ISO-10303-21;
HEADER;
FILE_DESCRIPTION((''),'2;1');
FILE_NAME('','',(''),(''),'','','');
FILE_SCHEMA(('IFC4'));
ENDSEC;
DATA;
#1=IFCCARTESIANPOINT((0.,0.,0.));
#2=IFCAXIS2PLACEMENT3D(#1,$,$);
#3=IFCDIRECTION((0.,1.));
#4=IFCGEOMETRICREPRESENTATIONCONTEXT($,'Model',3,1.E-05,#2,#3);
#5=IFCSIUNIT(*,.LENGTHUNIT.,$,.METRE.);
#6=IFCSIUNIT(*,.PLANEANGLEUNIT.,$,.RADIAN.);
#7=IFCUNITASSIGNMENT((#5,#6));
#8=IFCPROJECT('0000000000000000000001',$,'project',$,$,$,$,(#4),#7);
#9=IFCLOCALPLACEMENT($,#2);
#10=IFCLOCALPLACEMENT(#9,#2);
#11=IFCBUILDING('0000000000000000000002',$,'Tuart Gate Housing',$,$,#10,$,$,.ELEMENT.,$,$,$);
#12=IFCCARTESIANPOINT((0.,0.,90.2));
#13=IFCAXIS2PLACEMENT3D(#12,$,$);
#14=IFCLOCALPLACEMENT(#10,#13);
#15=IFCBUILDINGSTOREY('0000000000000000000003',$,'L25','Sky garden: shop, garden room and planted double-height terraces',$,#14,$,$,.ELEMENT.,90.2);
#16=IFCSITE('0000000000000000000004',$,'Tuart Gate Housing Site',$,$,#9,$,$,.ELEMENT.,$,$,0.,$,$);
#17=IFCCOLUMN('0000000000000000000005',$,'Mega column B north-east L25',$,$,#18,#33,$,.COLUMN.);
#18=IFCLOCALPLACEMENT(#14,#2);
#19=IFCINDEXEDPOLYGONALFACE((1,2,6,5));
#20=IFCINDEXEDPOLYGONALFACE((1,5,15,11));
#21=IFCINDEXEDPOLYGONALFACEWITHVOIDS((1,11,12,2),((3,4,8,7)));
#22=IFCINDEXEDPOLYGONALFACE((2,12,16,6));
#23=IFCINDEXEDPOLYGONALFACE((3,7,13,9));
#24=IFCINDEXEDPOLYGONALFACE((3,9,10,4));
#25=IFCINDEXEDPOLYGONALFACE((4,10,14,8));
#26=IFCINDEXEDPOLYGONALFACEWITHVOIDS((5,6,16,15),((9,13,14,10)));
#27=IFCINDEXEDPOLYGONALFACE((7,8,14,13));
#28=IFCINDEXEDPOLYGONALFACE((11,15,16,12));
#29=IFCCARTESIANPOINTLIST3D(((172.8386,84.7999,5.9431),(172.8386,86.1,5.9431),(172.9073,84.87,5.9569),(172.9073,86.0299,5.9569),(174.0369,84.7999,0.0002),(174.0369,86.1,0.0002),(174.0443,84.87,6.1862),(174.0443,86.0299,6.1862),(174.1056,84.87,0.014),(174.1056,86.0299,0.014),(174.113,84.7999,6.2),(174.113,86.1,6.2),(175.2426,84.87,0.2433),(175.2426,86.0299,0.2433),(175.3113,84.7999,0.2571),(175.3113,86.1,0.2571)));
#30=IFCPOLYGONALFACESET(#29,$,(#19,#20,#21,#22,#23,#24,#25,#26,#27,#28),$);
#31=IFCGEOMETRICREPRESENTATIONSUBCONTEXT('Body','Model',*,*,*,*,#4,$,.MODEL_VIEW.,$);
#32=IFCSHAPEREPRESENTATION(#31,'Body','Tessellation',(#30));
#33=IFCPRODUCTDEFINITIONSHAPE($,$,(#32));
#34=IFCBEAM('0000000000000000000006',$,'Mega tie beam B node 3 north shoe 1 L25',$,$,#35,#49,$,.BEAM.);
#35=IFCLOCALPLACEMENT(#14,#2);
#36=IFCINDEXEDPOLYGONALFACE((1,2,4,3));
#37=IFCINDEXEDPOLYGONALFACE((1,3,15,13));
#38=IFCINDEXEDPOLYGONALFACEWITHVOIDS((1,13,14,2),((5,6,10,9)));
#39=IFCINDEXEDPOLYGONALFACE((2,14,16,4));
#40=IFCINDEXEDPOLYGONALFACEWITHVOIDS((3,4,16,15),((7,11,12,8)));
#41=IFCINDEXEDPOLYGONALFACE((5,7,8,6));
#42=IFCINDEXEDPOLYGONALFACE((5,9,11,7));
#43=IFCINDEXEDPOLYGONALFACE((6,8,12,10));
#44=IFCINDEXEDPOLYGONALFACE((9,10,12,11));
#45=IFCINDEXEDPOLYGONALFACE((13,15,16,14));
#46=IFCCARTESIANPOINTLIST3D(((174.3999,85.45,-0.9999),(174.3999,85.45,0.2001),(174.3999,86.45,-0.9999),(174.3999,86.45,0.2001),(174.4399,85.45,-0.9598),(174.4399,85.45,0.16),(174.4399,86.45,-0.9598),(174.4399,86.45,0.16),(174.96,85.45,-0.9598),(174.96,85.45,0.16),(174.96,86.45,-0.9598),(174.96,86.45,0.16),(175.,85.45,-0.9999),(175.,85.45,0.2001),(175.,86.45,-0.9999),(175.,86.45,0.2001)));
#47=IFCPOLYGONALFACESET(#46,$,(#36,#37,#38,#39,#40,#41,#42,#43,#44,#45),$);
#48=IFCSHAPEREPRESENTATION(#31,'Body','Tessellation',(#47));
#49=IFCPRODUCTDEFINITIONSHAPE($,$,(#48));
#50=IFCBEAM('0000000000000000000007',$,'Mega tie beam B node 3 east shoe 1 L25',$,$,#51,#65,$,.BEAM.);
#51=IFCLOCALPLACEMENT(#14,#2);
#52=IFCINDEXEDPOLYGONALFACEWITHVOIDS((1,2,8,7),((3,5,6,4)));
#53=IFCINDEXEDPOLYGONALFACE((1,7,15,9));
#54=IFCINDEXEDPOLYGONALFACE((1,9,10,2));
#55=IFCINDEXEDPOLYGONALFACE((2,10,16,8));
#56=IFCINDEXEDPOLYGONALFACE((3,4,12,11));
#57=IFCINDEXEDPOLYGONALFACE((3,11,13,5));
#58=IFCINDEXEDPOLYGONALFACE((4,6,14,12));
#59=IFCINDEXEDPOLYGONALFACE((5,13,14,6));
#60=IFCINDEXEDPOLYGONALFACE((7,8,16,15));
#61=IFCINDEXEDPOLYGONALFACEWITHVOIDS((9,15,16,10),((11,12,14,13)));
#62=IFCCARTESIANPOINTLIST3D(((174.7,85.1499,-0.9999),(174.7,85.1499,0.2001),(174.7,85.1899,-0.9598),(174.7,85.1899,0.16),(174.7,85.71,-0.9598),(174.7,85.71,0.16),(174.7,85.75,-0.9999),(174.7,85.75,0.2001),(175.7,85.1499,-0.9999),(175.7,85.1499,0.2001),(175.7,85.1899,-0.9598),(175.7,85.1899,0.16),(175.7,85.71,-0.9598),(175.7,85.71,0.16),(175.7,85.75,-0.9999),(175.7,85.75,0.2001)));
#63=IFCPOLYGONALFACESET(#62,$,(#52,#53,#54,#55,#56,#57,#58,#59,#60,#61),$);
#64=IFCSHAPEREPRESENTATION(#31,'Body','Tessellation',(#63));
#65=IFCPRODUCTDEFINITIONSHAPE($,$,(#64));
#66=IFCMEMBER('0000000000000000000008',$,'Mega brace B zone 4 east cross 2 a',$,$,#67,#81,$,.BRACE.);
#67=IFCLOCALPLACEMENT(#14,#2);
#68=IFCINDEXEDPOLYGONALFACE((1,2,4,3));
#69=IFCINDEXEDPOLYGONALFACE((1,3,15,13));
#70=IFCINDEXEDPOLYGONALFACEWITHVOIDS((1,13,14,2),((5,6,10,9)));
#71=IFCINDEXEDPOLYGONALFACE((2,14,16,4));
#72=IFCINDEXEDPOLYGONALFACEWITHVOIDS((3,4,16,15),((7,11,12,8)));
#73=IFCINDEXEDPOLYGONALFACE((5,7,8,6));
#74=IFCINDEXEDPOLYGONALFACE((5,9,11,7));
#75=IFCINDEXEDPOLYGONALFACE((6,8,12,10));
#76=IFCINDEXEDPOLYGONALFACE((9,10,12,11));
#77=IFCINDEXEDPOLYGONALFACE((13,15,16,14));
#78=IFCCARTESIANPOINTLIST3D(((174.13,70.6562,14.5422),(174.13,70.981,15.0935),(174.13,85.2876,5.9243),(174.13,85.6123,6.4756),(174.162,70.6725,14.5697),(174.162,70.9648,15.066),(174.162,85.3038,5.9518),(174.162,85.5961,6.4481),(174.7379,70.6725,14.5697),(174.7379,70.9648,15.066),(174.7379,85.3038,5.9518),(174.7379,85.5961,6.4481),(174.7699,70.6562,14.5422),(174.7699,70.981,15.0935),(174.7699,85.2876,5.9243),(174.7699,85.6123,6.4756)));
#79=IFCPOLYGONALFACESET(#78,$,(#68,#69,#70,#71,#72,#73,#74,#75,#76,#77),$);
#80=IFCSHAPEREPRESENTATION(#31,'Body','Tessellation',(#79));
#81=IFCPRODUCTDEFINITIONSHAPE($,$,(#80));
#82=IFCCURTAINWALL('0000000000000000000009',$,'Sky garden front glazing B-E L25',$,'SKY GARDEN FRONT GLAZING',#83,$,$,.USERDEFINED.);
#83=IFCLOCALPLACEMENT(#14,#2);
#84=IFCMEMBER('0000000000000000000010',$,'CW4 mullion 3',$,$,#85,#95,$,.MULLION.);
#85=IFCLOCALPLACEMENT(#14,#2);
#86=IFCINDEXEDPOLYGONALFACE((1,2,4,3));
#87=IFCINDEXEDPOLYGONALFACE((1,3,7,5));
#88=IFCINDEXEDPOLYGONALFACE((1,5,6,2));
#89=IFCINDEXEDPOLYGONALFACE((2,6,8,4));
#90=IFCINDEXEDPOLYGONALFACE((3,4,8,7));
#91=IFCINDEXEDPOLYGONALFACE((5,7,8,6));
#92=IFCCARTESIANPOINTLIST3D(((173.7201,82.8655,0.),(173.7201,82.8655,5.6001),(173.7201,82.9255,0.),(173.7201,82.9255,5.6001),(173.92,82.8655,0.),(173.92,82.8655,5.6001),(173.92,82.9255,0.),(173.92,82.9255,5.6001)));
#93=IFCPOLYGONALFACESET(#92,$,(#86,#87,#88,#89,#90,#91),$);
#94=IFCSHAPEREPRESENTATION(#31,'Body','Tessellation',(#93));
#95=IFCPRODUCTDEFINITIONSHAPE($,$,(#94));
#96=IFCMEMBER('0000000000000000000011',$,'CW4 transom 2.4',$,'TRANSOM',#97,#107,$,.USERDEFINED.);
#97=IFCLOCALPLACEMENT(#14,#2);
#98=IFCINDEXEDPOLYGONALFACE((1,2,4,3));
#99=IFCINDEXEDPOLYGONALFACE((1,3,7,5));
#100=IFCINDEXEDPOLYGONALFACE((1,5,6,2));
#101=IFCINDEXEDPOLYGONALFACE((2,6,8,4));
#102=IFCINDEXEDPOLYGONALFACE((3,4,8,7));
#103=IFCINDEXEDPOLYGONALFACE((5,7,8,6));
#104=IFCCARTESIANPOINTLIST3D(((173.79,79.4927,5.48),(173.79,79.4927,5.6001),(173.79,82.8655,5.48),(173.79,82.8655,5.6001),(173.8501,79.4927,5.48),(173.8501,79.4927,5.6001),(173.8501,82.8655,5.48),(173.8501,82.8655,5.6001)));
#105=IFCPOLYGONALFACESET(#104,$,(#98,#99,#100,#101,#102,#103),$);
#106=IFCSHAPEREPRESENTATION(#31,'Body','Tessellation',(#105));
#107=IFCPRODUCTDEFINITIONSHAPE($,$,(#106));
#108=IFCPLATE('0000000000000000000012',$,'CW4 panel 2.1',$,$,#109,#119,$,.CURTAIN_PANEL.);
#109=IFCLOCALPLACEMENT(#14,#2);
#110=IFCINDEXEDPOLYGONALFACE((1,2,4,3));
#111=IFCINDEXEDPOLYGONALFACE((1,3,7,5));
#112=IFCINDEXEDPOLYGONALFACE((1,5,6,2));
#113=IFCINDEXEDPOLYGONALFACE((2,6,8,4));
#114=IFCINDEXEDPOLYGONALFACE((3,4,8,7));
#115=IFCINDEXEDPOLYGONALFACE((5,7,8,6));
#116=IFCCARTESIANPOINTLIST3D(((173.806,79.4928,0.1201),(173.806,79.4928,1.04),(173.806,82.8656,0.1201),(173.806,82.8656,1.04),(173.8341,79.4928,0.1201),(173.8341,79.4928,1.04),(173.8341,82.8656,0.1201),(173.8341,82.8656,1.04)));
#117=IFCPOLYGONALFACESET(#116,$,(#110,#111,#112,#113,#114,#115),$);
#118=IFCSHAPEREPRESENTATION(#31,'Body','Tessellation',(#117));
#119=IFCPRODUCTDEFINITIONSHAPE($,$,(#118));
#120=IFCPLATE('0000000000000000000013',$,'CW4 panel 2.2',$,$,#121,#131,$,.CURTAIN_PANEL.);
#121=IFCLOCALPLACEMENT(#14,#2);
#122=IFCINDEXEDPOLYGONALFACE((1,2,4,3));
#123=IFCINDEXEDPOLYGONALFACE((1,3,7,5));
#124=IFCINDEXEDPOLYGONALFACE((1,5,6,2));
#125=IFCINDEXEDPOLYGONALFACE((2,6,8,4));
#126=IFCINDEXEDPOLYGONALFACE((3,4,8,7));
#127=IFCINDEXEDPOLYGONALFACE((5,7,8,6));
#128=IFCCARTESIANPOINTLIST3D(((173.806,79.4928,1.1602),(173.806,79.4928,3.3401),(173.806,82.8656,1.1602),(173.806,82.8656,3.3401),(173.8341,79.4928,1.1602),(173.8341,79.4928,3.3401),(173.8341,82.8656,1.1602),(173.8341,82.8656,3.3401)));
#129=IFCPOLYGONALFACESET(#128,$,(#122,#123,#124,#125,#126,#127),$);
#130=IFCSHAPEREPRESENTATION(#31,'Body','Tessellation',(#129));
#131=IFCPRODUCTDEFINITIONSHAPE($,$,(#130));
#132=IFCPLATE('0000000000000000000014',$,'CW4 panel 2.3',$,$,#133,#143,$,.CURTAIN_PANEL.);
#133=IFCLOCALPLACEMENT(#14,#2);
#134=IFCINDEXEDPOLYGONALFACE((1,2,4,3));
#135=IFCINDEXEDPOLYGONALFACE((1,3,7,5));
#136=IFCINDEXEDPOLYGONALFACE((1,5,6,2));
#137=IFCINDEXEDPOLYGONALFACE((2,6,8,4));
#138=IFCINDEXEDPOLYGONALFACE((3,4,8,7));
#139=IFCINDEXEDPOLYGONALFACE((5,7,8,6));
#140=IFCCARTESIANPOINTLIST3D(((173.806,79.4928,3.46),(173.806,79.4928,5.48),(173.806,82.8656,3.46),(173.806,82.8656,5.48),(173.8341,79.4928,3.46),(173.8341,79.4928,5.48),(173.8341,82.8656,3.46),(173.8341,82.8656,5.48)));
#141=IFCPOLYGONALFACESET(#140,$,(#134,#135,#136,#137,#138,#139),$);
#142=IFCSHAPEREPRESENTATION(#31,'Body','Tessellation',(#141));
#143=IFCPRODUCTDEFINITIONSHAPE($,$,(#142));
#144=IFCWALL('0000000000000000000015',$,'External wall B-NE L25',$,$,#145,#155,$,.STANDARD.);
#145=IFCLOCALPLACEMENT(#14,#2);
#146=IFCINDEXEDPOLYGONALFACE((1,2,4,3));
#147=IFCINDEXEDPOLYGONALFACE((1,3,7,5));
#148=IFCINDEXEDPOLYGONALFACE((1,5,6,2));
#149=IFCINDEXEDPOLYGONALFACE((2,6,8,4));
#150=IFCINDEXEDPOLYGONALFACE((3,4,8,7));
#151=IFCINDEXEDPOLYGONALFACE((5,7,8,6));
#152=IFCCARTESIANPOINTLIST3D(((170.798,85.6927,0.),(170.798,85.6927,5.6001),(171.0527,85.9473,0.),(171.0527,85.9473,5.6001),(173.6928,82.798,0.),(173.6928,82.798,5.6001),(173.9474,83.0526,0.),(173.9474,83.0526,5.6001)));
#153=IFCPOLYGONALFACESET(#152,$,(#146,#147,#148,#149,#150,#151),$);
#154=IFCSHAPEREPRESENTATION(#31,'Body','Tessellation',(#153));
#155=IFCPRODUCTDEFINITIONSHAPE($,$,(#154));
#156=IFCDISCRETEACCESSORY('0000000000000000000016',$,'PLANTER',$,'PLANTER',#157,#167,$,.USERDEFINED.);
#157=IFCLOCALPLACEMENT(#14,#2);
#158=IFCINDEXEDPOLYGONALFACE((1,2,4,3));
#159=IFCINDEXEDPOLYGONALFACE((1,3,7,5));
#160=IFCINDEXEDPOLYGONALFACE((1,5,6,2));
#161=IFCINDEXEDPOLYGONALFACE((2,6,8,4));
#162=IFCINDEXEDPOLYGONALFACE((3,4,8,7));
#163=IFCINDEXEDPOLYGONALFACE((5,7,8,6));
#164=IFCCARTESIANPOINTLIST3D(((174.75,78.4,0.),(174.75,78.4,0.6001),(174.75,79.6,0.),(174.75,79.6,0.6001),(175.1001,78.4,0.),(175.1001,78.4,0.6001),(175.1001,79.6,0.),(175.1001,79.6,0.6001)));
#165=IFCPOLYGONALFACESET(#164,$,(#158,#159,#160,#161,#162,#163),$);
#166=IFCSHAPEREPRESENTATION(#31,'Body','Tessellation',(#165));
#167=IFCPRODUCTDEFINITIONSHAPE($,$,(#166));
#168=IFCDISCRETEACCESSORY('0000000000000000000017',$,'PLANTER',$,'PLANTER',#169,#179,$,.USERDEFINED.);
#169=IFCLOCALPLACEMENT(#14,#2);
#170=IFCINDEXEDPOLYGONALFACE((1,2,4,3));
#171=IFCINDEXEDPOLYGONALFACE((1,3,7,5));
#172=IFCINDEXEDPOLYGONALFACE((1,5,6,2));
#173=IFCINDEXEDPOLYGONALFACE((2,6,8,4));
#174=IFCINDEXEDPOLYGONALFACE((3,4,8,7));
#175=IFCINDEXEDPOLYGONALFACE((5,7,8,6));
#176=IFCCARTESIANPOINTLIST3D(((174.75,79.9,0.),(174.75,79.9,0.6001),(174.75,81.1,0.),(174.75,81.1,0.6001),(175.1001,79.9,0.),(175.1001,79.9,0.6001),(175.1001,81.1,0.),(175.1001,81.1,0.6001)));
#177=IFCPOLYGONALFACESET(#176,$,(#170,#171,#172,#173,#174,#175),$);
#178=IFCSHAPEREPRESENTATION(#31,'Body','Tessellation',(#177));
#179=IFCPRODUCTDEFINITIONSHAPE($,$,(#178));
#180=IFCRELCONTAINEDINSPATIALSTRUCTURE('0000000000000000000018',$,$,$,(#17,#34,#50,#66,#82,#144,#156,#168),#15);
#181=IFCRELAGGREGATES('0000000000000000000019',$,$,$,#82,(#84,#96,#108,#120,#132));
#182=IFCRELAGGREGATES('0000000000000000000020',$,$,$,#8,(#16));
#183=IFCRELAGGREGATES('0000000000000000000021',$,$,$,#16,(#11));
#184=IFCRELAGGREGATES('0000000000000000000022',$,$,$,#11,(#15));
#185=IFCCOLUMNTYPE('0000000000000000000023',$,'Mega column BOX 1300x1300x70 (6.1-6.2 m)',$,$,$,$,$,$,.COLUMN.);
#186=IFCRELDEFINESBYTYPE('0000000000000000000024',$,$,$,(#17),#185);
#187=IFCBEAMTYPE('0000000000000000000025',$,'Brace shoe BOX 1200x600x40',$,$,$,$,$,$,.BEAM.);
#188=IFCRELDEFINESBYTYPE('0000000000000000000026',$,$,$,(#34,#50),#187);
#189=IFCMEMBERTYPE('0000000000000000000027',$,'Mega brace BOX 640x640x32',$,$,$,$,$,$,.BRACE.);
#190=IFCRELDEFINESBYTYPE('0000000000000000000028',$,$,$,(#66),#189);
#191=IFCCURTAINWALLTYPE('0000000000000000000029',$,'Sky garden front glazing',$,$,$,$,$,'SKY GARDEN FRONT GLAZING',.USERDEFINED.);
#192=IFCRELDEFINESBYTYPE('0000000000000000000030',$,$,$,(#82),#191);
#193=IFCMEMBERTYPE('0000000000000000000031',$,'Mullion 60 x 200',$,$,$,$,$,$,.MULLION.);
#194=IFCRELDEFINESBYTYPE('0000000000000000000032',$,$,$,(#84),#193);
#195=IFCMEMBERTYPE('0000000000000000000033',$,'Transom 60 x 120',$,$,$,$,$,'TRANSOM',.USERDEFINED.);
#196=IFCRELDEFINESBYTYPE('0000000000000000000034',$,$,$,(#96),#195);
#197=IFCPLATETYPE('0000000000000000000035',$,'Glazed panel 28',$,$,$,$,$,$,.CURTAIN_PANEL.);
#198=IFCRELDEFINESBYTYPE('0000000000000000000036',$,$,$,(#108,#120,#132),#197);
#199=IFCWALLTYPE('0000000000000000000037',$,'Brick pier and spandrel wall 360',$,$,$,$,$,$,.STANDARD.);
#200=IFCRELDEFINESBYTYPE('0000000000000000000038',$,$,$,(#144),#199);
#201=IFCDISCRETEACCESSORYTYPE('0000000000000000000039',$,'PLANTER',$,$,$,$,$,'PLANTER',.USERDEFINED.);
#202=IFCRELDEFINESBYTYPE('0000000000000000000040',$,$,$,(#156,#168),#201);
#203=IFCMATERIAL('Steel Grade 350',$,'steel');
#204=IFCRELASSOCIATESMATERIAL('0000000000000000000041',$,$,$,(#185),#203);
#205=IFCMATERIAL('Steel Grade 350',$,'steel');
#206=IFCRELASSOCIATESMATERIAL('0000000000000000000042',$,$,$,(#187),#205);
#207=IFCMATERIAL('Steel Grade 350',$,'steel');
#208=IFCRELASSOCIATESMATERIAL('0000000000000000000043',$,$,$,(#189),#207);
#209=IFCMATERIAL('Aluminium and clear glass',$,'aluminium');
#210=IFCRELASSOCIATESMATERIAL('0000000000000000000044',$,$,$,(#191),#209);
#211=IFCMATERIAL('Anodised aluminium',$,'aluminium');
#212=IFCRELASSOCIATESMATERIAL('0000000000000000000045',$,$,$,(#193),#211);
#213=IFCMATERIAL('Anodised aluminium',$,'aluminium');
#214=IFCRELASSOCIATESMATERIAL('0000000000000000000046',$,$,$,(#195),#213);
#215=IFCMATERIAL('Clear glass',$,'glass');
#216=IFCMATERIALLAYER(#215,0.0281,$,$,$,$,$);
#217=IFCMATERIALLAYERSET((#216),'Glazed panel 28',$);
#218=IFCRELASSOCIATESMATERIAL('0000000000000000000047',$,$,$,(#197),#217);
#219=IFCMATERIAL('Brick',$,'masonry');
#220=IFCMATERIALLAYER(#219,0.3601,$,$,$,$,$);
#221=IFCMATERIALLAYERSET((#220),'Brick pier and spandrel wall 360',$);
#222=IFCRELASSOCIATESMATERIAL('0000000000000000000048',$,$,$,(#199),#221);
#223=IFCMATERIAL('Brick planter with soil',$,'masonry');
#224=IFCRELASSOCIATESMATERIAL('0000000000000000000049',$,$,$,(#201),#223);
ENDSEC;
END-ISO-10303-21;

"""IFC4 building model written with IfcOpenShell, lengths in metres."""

from ifc_helpers import new_model, si_unit, direction, frame, frame_2d, origin, origin_2d, place, context, subcontext, project, spatial, rectangle, hollow_rectangle, extrude, material, layer, layer_set, material_profile, profile_set, type_object, element, aggregate, save


model = new_model("IFC4")

# Units and contexts
model_context = context("Model", 3, precision=1e-05, world=origin(), true_north=direction((0.0, 1.0)))
body_context = subcontext(model_context, "Body", "Model", "MODEL_VIEW")
ifc_project = project(units=[si_unit("LENGTHUNIT", "METRE"), si_unit("PLANEANGLEUNIT", "RADIAN")], contexts=[model_context])

# Site, building, storey
site_placement = place(None, origin())
site = spatial("IfcSite", under=ifc_project, at=site_placement, Name="Tuart Gate Housing Site", CompositionType="ELEMENT", RefElevation=0.0)
building_placement = place(site_placement, origin())
building = spatial("IfcBuilding", under=site, at=building_placement, Name="Tuart Gate Housing", CompositionType="ELEMENT")
storey_placement = place(building_placement, frame((0.0, 0.0, 90.2)))
storey = spatial("IfcBuildingStorey", under=building, at=storey_placement, Name="L25", Description="Sky garden: shop, garden room and planted double-height terraces", CompositionType="ELEMENT", Elevation=90.2)

# Column
ifc_material_1 = material(Name="Steel Grade 350", Category="steel")
ifc_material_profile_1 = material_profile(ifc_material_1, hollow_rectangle(XDim=1.3, YDim=1.3, WallThickness=0.0701, at=origin_2d()), Name="BOX 1300x1300x70")
ifc_profile_set_1 = profile_set([ifc_material_profile_1], Name="Steel Grade 350")
column_type = type_object("IfcColumnType", Name="Mega column BOX 1300x1300x70 (6.1-6.2 m)", PredefinedType="COLUMN", material=ifc_profile_set_1)
column_placement = place(storey_placement, frame((174.6741, 85.45, 0.1287), z_axis=(-0.197649, 0.0, 0.980273), x_axis=(0.0, -1.0, 0.0)))
element("IfcColumn", 1, at=column_placement, inside=storey, type_object=column_type, Name="Mega column B north-east L25", PredefinedType="COLUMN", context=body_context, shape_type="SweptSolid", body=[
    extrude(hollow_rectangle(XDim=1.3, YDim=1.3, WallThickness=0.0701, at=origin_2d()), origin(), (0.0, 0.0, 1.0), 6.0625),
])

# Beams
ifc_material_2 = material(Name="Steel Grade 350", Category="steel")
ifc_material_profile_2 = material_profile(ifc_material_2, hollow_rectangle(XDim=0.6001, YDim=1.2, WallThickness=0.04, at=origin_2d()), Name="BOX 1200x600x40")
ifc_profile_set_2 = profile_set([ifc_material_profile_2], Name="Steel Grade 350")
beam_type = type_object("IfcBeamType", Name="Brace shoe BOX 1200x600x40", PredefinedType="BEAM", material=ifc_profile_set_2)
for number, where, z_axis, x_axis, name in (
    (2, (174.7, 85.45, -0.3999), (0.0, 1.0, 0.0), (-1.0, 0.0, 0.0), "Mega tie beam B node 3 north shoe 1 L25"),
    (3, (174.7, 85.45, -0.3999), (1.0, 0.0, 0.0), (0.0, 1.0, 0.0), "Mega tie beam B node 3 east shoe 1 L25"),
):
    element("IfcBeam", number, at=place(storey_placement, frame(where, z_axis=z_axis, x_axis=x_axis)), inside=storey, type_object=beam_type, Name=name, PredefinedType="BEAM", context=body_context, shape_type="SweptSolid", body=[
        extrude(hollow_rectangle(XDim=0.6001, YDim=1.2, WallThickness=0.04, at=origin_2d()), origin(), (0.0, 0.0, 1.0), 1.0),
    ])

# Member
ifc_material_3 = material(Name="Steel Grade 350", Category="steel")
ifc_material_profile_3 = material_profile(ifc_material_3, hollow_rectangle(XDim=0.6399, YDim=0.6399, WallThickness=0.032, at=origin_2d()), Name="BOX 640x640x32")
ifc_profile_set_3 = profile_set([ifc_material_profile_3], Name="Steel Grade 350")
member_type_1 = type_object("IfcMemberType", Name="Mega brace BOX 640x640x32", PredefinedType="BRACE", material=ifc_profile_set_3)
member_1_placement = place(storey_placement, frame((174.45, 85.45, 6.2), z_axis=(0.0, -0.861645, 0.507512), x_axis=(1.0, 0.0, 0.0)))
element("IfcMember", 4, at=member_1_placement, inside=storey, type_object=member_type_1, Name="Mega brace B zone 4 east cross 2 a", PredefinedType="BRACE", context=body_context, shape_type="SweptSolid", body=[
    extrude(hollow_rectangle(XDim=0.6399, YDim=0.6399, WallThickness=0.032, at=origin_2d()), origin(), (0.0, 0.0, 1.0), 16.9807),
])

# Curtain wall, members, plates
ifc_material_4 = material(Name="Aluminium and clear glass", Category="aluminium")
curtain_wall_type = type_object("IfcCurtainWallType", Name="Sky garden front glazing", ElementType="SKY GARDEN FRONT GLAZING", PredefinedType="USERDEFINED", material=ifc_material_4)
curtain_wall_placement = place(storey_placement, origin())
curtain_wall = element("IfcCurtainWall", 5, at=curtain_wall_placement, inside=storey, type_object=curtain_wall_type, Name="Sky garden front glazing B-E L25", ObjectType="SKY GARDEN FRONT GLAZING", PredefinedType="USERDEFINED")
ifc_material_5 = material(Name="Anodised aluminium", Category="aluminium")
ifc_material_profile_4 = material_profile(ifc_material_5, rectangle(XDim=0.0601, YDim=0.2, at=origin_2d()), Name="60x200")
ifc_profile_set_4 = profile_set([ifc_material_profile_4], Name="Anodised aluminium")
member_type_2 = type_object("IfcMemberType", Name="Mullion 60 x 200", PredefinedType="MULLION", material=ifc_profile_set_4)
member_2_placement = place(storey_placement, frame((173.8201, 82.8955, 0.0), z_axis=(0.0, 0.0, 1.0), x_axis=(0.0, 1.0, 0.0)))
member_2 = element("IfcMember", 6, at=member_2_placement, type_object=member_type_2, Name="CW4 mullion 3", PredefinedType="MULLION", context=body_context, shape_type="SweptSolid", body=[
    extrude(rectangle(XDim=0.0601, YDim=0.2, at=origin_2d()), origin(), (0.0, 0.0, 1.0), 5.6001),
])
ifc_material_6 = material(Name="Anodised aluminium", Category="aluminium")
ifc_material_profile_5 = material_profile(ifc_material_6, rectangle(XDim=0.0601, YDim=0.1201, at=origin_2d()), Name="60x120")
ifc_profile_set_5 = profile_set([ifc_material_profile_5], Name="Anodised aluminium")
member_type_3 = type_object("IfcMemberType", Name="Transom 60 x 120", ElementType="TRANSOM", PredefinedType="USERDEFINED", material=ifc_profile_set_5)
member_3_placement = place(storey_placement, frame((173.8201, 79.4927, 5.54), z_axis=(0.0, 1.0, 0.0), x_axis=(-1.0, 0.0, 0.0)))
member_3 = element("IfcMember", 7, at=member_3_placement, type_object=member_type_3, Name="CW4 transom 2.4", ObjectType="TRANSOM", PredefinedType="USERDEFINED", context=body_context, shape_type="SweptSolid", body=[
    extrude(rectangle(XDim=0.0601, YDim=0.1201, at=origin_2d()), origin(), (0.0, 0.0, 1.0), 3.3728),
])
ifc_material_7 = material(Name="Clear glass", Category="glass")
ifc_layer_1 = layer(ifc_material_7, 0.0281)
ifc_layer_set_1 = layer_set([ifc_layer_1], Name="Glazed panel 28")
plate_type = type_object("IfcPlateType", Name="Glazed panel 28", PredefinedType="CURTAIN_PANEL", material=ifc_layer_set_1)
plate_1_placement = place(storey_placement, frame((173.8201, 81.1792, 0.1201), z_axis=(0.0, 0.0, 1.0), x_axis=(0.0, 1.0, 0.0)))
plate_1 = element("IfcPlate", 8, at=plate_1_placement, type_object=plate_type, Name="CW4 panel 2.1", PredefinedType="CURTAIN_PANEL", context=body_context, shape_type="SweptSolid", body=[
    extrude(rectangle(XDim=3.3728, YDim=0.0281, at=origin_2d()), origin(), (0.0, 0.0, 1.0), 0.9199),
])
plate_2_placement = place(storey_placement, frame((173.8201, 81.1792, 1.1602), z_axis=(0.0, 0.0, 1.0), x_axis=(0.0, 1.0, 0.0)))
plate_2 = element("IfcPlate", 9, at=plate_2_placement, type_object=plate_type, Name="CW4 panel 2.2", PredefinedType="CURTAIN_PANEL", context=body_context, shape_type="SweptSolid", body=[
    extrude(rectangle(XDim=3.3728, YDim=0.0281, at=origin_2d()), origin(), (0.0, 0.0, 1.0), 2.1799),
])
plate_3_placement = place(storey_placement, frame((173.8201, 81.1792, 3.46), z_axis=(0.0, 0.0, 1.0), x_axis=(0.0, 1.0, 0.0)))
plate_3 = element("IfcPlate", 10, at=plate_3_placement, type_object=plate_type, Name="CW4 panel 2.3", PredefinedType="CURTAIN_PANEL", context=body_context, shape_type="SweptSolid", body=[
    extrude(rectangle(XDim=3.3728, YDim=0.0281, at=origin_2d()), origin(), (0.0, 0.0, 1.0), 2.02),
])
aggregate(curtain_wall, [member_2, member_3, plate_1, plate_2, plate_3])

# Wall
ifc_material_8 = material(Name="Brick", Category="masonry")
ifc_layer_2 = layer(ifc_material_8, 0.3601)
ifc_layer_set_2 = layer_set([ifc_layer_2], Name="Brick pier and spandrel wall 360")
wall_type = type_object("IfcWallType", Name="Brick pier and spandrel wall 360", PredefinedType="STANDARD", material=ifc_layer_set_2)
wall_placement = place(storey_placement, frame((173.8201, 82.9253, 0.0), z_axis=(0.0, 0.0, 1.0), x_axis=(-0.707107, 0.707107, 0.0)))
element("IfcWall", 11, at=wall_placement, inside=storey, type_object=wall_type, Name="External wall B-NE L25", PredefinedType="STANDARD", context=body_context, shape_type="SweptSolid", body=[
    extrude(rectangle(XDim=4.0938, YDim=0.3601, at=frame_2d((2.0469, 0.0))), origin(), (0.0, 0.0, 1.0), 5.6001),
])

# Discrete accessories
ifc_material_9 = material(Name="Brick planter with soil", Category="masonry")
discrete_accessory_type = type_object("IfcDiscreteAccessoryType", Name="PLANTER", ElementType="PLANTER", PredefinedType="USERDEFINED", material=ifc_material_9)
for number, where, z_axis, x_axis, name in (
    (12, (174.925, 79.0, 0.0), (0.0, 0.0, 1.0), (1.0, 0.0, 0.0), "PLANTER"),
    (13, (174.925, 80.5, 0.0), (0.0, 0.0, 1.0), (1.0, 0.0, 0.0), "PLANTER"),
):
    element("IfcDiscreteAccessory", number, at=place(storey_placement, frame(where, z_axis=z_axis, x_axis=x_axis)), inside=storey, type_object=discrete_accessory_type, Name=name, ObjectType="PLANTER", PredefinedType="USERDEFINED", context=body_context, shape_type="SweptSolid", body=[
        extrude(rectangle(XDim=0.3501, YDim=1.2, at=origin_2d()), origin(), (0.0, 0.0, 1.0), 0.6001),
    ])

save(model, "model.ifc")
